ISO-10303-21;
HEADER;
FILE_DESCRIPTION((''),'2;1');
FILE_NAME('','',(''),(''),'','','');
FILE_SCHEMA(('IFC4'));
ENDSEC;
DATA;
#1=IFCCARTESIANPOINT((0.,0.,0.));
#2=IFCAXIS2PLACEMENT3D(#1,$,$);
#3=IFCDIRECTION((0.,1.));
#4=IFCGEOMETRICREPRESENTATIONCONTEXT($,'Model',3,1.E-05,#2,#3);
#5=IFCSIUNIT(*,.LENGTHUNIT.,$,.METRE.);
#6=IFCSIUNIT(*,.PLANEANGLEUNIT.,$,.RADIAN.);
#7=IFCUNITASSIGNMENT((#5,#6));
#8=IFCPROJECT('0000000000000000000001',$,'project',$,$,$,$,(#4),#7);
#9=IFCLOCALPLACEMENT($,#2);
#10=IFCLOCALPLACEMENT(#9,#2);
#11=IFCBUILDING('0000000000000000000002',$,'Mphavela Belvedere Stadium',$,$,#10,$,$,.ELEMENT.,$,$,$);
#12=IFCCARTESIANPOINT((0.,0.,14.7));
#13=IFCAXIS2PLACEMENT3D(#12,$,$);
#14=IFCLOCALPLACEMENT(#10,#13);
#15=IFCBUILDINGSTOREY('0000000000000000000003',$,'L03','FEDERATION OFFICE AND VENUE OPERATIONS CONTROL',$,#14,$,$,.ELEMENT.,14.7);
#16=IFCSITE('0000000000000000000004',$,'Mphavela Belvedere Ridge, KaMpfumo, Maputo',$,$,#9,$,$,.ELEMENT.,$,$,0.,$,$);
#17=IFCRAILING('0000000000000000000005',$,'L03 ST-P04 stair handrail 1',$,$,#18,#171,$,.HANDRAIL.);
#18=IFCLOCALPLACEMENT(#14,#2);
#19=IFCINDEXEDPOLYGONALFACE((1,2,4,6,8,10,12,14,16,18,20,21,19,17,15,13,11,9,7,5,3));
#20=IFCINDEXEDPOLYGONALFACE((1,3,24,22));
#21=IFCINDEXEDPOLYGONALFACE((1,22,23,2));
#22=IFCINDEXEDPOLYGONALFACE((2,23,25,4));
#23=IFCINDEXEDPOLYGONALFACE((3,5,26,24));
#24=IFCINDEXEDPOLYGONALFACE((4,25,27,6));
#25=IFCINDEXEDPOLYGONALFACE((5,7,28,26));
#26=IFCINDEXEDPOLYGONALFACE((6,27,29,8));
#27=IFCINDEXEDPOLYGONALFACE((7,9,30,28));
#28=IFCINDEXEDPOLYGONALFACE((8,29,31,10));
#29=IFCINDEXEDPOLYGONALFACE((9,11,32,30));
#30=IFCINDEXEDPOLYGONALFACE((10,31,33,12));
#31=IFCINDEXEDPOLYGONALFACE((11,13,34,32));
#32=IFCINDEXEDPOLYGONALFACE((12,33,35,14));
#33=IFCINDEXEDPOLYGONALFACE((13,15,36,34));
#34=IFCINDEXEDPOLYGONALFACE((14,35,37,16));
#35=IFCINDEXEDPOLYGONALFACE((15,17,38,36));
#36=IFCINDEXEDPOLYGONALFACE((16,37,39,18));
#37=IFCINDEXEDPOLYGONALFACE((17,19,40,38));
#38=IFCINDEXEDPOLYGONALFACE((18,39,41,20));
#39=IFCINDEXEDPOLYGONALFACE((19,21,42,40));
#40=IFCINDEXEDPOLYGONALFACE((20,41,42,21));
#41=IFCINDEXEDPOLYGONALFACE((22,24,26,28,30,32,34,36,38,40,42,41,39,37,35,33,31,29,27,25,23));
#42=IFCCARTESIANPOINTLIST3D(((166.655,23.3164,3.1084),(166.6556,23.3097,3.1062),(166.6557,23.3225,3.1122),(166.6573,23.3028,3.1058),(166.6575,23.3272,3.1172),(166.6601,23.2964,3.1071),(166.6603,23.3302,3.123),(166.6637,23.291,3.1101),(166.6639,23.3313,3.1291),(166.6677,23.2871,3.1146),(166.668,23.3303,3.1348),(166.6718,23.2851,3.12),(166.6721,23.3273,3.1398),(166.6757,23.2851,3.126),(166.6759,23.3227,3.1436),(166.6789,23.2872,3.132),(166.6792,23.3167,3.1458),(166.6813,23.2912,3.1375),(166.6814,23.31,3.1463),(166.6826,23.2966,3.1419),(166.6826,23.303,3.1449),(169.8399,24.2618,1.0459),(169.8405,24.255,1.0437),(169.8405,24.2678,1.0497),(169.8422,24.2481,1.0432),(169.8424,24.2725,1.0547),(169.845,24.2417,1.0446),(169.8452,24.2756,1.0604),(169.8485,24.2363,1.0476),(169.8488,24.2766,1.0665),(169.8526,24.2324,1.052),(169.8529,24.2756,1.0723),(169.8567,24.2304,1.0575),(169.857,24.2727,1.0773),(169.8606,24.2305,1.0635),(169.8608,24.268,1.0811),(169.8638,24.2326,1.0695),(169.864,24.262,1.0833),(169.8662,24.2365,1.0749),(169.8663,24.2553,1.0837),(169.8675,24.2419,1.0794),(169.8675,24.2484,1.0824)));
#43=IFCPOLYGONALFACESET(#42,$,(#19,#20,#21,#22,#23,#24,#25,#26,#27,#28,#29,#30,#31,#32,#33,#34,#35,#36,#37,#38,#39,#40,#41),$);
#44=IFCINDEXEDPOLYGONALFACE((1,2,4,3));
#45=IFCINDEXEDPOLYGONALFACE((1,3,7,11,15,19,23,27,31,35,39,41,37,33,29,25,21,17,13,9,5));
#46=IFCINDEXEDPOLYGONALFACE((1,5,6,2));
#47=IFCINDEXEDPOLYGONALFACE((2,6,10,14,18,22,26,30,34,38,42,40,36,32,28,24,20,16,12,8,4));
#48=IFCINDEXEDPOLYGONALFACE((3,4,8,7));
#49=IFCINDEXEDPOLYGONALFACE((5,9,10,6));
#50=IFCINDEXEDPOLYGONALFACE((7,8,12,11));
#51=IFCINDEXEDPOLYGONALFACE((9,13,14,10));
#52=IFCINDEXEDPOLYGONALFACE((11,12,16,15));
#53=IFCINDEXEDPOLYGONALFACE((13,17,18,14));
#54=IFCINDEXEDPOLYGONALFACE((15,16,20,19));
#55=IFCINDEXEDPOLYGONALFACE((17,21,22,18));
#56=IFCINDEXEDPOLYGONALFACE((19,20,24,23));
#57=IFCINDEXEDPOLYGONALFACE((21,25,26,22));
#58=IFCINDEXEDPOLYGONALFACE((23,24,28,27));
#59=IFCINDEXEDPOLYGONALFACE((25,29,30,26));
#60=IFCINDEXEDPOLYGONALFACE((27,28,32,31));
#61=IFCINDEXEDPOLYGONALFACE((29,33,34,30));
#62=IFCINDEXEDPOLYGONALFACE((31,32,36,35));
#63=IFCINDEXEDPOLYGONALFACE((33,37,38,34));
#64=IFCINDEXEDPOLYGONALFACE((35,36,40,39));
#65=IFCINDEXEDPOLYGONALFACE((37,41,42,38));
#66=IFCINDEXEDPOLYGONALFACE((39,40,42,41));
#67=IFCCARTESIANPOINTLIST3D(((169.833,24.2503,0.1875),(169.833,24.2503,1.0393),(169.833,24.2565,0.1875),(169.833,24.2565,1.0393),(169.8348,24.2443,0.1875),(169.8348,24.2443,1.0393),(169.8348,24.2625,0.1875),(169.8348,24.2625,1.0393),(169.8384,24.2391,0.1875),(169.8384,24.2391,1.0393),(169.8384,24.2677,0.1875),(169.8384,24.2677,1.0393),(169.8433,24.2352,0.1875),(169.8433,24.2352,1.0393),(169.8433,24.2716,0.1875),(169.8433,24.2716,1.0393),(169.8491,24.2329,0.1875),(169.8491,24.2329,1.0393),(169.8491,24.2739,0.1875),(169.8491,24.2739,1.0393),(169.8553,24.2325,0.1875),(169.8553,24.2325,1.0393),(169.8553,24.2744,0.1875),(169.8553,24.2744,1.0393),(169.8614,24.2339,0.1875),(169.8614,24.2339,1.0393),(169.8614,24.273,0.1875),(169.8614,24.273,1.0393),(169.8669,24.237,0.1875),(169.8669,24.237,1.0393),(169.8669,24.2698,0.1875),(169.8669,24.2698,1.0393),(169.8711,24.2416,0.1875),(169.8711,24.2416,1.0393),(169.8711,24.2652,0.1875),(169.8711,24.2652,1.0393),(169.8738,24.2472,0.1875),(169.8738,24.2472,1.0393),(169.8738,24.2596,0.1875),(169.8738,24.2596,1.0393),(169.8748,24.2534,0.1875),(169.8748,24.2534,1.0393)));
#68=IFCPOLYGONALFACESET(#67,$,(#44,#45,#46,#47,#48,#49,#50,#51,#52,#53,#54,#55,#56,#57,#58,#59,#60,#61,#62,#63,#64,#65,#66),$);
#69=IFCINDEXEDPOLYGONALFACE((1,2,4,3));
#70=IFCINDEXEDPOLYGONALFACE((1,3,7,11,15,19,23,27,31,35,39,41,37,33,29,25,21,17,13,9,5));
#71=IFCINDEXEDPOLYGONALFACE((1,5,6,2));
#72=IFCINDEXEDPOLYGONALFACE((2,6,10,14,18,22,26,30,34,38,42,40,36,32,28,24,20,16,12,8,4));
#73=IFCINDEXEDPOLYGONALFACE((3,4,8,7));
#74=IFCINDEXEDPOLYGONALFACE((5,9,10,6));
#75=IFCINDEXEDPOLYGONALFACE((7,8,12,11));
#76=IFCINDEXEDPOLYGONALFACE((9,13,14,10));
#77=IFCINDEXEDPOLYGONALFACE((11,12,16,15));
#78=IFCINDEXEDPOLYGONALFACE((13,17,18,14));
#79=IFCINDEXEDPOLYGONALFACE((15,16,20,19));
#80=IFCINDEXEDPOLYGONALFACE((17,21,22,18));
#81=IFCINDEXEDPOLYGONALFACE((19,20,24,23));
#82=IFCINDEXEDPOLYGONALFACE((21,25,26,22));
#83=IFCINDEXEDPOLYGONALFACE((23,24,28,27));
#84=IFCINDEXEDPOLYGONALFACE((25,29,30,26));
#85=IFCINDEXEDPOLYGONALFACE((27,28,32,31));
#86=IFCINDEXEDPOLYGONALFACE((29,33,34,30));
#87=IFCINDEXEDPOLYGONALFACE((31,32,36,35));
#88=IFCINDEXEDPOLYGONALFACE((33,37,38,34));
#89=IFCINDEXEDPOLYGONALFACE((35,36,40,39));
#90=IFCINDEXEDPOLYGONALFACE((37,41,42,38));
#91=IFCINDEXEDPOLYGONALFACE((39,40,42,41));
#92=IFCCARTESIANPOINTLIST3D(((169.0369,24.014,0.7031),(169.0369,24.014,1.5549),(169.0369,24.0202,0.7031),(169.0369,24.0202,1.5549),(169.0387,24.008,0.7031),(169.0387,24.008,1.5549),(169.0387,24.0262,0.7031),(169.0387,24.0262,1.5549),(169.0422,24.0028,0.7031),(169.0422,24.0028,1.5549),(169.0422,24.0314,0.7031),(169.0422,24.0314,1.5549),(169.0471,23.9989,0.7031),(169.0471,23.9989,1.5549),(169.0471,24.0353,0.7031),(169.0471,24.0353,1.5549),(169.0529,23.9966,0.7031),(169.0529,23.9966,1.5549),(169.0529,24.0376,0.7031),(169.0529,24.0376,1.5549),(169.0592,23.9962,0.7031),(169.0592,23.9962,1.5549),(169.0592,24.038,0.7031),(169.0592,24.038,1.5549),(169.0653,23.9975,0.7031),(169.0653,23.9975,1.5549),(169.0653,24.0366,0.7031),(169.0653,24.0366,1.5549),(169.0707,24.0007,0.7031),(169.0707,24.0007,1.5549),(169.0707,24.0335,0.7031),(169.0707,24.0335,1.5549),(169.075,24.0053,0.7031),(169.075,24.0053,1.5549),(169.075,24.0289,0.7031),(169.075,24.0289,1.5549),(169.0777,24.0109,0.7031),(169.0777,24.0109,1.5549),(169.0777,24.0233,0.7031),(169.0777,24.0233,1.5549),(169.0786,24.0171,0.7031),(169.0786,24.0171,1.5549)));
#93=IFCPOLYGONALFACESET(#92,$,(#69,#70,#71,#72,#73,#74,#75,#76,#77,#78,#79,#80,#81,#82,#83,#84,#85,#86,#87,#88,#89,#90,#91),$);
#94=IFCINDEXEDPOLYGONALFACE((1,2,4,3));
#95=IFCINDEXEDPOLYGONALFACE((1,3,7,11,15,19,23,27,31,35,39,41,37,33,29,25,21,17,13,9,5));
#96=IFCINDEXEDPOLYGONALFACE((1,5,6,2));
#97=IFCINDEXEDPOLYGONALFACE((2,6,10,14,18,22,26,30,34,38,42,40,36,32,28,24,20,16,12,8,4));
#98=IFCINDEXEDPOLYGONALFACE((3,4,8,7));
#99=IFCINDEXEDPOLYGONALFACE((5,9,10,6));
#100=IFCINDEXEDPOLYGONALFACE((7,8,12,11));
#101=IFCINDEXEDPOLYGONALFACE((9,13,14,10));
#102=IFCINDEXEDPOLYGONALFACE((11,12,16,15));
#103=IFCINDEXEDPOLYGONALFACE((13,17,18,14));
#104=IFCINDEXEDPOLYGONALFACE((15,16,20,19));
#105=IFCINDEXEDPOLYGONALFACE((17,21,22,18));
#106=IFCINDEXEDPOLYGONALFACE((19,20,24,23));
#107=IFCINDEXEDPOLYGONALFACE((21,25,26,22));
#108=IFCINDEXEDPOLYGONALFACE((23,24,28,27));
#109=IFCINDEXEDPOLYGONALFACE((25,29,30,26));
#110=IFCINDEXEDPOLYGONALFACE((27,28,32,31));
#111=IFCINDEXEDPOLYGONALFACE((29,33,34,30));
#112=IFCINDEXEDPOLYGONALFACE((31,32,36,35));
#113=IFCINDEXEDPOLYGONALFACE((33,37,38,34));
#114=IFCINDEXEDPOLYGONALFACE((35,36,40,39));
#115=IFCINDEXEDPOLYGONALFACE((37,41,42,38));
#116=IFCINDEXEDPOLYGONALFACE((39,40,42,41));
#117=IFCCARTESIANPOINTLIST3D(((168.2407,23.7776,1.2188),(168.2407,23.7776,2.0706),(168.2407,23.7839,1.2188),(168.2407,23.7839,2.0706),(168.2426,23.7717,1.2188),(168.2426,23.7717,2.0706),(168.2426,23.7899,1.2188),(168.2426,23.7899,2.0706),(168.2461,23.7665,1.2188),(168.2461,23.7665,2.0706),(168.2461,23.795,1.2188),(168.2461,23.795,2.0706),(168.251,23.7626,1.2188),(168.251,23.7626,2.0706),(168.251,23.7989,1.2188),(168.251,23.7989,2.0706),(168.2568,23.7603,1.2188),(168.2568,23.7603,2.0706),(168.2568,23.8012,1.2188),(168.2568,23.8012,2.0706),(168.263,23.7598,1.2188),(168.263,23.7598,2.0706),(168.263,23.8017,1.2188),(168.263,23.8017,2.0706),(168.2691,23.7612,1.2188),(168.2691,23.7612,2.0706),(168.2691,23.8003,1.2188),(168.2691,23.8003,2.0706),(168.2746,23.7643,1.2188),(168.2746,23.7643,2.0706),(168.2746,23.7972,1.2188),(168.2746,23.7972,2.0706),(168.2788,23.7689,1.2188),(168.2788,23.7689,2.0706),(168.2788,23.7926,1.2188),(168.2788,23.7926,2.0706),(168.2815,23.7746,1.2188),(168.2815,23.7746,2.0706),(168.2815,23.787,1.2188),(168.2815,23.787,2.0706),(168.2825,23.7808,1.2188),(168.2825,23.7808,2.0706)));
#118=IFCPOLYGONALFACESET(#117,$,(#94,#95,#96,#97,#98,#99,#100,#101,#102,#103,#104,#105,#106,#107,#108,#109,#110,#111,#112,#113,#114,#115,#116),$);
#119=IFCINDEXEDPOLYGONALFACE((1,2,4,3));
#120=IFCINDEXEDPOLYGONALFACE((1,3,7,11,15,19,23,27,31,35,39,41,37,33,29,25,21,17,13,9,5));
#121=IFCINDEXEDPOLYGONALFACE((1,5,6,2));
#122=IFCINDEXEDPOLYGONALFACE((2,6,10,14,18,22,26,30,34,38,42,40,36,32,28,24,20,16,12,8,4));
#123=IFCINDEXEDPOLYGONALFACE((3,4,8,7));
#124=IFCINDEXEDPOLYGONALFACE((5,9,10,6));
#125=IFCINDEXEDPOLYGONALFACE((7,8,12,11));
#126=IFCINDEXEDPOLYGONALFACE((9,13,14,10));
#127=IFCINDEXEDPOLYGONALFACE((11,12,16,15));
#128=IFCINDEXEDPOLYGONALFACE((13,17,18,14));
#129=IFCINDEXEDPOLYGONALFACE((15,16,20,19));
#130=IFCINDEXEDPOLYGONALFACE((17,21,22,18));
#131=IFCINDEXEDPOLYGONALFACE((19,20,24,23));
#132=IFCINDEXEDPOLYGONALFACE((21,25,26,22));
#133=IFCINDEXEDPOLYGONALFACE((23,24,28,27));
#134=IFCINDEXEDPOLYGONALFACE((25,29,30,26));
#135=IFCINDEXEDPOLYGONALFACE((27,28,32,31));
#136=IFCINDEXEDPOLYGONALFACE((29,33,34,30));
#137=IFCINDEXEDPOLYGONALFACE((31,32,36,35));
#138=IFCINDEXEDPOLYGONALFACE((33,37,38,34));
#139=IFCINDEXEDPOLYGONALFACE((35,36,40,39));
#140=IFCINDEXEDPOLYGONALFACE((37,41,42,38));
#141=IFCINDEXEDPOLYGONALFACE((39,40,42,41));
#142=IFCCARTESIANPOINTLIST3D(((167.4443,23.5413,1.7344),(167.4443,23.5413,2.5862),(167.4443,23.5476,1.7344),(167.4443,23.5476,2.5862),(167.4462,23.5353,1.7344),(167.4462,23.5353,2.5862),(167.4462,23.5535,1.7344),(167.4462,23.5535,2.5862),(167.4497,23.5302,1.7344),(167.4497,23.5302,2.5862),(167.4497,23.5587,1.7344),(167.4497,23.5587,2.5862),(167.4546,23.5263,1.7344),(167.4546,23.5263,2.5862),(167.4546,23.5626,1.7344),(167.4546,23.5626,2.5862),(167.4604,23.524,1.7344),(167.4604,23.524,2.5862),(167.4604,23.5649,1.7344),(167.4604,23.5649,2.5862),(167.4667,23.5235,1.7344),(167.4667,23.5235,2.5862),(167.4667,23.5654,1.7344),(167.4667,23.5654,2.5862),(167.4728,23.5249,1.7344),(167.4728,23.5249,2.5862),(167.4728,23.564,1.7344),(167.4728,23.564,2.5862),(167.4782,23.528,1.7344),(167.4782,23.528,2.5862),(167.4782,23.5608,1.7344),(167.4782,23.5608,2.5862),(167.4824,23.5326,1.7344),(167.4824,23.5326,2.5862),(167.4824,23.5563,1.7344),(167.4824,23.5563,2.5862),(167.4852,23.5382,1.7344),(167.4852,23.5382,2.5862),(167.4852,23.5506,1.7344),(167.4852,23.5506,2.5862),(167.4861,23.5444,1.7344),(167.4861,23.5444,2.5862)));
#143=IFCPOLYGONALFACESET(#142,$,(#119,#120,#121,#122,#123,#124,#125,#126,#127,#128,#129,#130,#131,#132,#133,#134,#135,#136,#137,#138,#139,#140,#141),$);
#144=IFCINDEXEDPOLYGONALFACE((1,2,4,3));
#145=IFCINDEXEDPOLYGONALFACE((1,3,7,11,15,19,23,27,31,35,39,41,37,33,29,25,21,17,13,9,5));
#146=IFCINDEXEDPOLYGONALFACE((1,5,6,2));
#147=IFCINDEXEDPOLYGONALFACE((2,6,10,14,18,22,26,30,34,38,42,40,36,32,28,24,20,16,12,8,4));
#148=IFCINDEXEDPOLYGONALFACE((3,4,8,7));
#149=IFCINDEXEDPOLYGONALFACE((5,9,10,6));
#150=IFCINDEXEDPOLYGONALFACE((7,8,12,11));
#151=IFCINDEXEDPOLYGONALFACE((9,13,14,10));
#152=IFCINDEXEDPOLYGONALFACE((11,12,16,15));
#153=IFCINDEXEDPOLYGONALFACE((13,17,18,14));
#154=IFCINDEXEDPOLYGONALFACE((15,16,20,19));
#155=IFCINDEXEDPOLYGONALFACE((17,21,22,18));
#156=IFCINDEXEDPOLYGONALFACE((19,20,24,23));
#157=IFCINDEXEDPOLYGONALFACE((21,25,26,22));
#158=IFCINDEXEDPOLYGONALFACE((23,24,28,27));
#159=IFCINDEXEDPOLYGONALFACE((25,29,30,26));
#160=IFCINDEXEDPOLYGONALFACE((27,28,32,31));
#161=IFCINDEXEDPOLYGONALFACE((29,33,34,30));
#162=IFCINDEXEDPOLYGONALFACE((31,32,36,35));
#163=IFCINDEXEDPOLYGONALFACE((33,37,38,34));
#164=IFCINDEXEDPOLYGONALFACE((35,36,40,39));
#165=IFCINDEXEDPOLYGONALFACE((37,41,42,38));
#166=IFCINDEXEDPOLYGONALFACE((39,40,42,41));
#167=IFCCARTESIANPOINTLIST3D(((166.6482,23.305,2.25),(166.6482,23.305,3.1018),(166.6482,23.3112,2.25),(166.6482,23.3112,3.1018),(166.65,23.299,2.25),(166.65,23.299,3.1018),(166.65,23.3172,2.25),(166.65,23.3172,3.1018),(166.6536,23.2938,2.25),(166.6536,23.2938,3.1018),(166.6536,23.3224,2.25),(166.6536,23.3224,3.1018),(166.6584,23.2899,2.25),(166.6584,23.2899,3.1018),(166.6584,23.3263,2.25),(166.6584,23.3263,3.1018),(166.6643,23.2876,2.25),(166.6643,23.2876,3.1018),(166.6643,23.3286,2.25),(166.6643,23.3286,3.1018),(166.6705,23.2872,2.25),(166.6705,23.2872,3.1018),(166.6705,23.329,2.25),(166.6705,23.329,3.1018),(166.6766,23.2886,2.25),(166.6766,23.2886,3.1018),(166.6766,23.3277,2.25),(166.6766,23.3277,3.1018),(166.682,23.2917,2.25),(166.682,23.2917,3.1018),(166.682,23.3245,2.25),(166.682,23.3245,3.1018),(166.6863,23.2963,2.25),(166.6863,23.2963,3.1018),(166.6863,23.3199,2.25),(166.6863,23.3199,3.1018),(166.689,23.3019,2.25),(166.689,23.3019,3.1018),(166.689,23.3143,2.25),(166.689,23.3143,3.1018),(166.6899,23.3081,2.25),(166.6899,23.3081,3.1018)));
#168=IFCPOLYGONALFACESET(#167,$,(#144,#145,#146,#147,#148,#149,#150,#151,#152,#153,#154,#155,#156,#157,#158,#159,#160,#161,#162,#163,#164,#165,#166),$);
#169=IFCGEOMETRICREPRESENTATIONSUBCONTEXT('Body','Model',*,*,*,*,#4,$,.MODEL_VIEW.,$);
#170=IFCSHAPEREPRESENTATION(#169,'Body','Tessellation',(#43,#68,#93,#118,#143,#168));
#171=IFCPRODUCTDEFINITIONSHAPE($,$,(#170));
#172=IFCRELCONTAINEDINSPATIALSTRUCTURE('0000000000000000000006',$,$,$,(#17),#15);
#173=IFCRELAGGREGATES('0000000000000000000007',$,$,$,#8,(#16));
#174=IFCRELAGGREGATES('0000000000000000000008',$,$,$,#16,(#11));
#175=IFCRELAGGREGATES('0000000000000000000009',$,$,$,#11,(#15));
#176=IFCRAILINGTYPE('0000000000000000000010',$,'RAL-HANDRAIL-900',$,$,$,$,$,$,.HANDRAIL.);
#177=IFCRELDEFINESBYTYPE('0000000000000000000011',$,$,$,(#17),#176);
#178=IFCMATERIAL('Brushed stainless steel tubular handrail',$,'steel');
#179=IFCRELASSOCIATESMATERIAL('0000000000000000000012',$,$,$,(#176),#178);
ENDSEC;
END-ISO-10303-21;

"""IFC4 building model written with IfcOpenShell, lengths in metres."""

from ifc_helpers import new_model, si_unit, direction, frame, origin, origin_2d, place, context, subcontext, project, spatial, circle, extrude, material, type_object, element, save


model = new_model("IFC4")

# Units and contexts
model_context = context("Model", 3, precision=1e-05, world=origin(), true_north=direction((0.0, 1.0)))
body_context = subcontext(model_context, "Body", "Model", "MODEL_VIEW")
ifc_project = project(units=[si_unit("LENGTHUNIT", "METRE"), si_unit("PLANEANGLEUNIT", "RADIAN")], contexts=[model_context])

# Site, building, storey
site_placement = place(None, origin())
site = spatial("IfcSite", under=ifc_project, at=site_placement, Name="Mphavela Belvedere Ridge, KaMpfumo, Maputo", CompositionType="ELEMENT", RefElevation=0.0)
building_placement = place(site_placement, origin())
building = spatial("IfcBuilding", under=site, at=building_placement, Name="Mphavela Belvedere Stadium", CompositionType="ELEMENT")
storey_placement = place(building_placement, frame((0.0, 0.0, 14.7)))
storey = spatial("IfcBuildingStorey", under=building, at=storey_placement, Name="L03", Description="FEDERATION OFFICE AND VENUE OPERATIONS CONTROL", CompositionType="ELEMENT", Elevation=14.7)

# Railing
ifc_material_1 = material(Name="Brushed stainless steel tubular handrail", Category="steel")
railing_type_1 = type_object("IfcRailingType", Name="RAL-HANDRAIL-900", PredefinedType="HANDRAIL", material=ifc_material_1)
railing_1_placement = place(storey_placement, frame((169.8538, 24.2534, 0.1875)))
element("IfcRailing", 1, at=railing_1_placement, inside=storey, type_object=railing_type_1, Name="L03 ST-P04 stair handrail 1", PredefinedType="HANDRAIL", context=body_context, shape_type="SweptSolid", body=[
    extrude(circle(Radius=0.0239, at=origin_2d()), frame((0.0, 0.0, 0.876), z_axis=(-0.814465, -0.241748, 0.527451), x_axis=(0.284549, -0.958662, 0.0)), (0.0, 0.0, 1.0), 3.9104),
    extrude(circle(Radius=0.021, at=origin_2d()), origin(), (0.0, 0.0, 1.0), 0.8518),
    extrude(circle(Radius=0.021, at=origin_2d()), frame((-0.7961, -0.2363, 0.5156)), (0.0, 0.0, 1.0), 0.8518),
    extrude(circle(Radius=0.021, at=origin_2d()), frame((-1.5923, -0.4727, 1.0312)), (0.0, 0.0, 1.0), 0.8518),
    extrude(circle(Radius=0.021, at=origin_2d()), frame((-2.3887, -0.709, 1.5469)), (0.0, 0.0, 1.0), 0.8518),
    extrude(circle(Radius=0.021, at=origin_2d()), frame((-3.1848, -0.9453, 2.0625)), (0.0, 0.0, 1.0), 0.8518),
])

save(model, "model.ifc")
